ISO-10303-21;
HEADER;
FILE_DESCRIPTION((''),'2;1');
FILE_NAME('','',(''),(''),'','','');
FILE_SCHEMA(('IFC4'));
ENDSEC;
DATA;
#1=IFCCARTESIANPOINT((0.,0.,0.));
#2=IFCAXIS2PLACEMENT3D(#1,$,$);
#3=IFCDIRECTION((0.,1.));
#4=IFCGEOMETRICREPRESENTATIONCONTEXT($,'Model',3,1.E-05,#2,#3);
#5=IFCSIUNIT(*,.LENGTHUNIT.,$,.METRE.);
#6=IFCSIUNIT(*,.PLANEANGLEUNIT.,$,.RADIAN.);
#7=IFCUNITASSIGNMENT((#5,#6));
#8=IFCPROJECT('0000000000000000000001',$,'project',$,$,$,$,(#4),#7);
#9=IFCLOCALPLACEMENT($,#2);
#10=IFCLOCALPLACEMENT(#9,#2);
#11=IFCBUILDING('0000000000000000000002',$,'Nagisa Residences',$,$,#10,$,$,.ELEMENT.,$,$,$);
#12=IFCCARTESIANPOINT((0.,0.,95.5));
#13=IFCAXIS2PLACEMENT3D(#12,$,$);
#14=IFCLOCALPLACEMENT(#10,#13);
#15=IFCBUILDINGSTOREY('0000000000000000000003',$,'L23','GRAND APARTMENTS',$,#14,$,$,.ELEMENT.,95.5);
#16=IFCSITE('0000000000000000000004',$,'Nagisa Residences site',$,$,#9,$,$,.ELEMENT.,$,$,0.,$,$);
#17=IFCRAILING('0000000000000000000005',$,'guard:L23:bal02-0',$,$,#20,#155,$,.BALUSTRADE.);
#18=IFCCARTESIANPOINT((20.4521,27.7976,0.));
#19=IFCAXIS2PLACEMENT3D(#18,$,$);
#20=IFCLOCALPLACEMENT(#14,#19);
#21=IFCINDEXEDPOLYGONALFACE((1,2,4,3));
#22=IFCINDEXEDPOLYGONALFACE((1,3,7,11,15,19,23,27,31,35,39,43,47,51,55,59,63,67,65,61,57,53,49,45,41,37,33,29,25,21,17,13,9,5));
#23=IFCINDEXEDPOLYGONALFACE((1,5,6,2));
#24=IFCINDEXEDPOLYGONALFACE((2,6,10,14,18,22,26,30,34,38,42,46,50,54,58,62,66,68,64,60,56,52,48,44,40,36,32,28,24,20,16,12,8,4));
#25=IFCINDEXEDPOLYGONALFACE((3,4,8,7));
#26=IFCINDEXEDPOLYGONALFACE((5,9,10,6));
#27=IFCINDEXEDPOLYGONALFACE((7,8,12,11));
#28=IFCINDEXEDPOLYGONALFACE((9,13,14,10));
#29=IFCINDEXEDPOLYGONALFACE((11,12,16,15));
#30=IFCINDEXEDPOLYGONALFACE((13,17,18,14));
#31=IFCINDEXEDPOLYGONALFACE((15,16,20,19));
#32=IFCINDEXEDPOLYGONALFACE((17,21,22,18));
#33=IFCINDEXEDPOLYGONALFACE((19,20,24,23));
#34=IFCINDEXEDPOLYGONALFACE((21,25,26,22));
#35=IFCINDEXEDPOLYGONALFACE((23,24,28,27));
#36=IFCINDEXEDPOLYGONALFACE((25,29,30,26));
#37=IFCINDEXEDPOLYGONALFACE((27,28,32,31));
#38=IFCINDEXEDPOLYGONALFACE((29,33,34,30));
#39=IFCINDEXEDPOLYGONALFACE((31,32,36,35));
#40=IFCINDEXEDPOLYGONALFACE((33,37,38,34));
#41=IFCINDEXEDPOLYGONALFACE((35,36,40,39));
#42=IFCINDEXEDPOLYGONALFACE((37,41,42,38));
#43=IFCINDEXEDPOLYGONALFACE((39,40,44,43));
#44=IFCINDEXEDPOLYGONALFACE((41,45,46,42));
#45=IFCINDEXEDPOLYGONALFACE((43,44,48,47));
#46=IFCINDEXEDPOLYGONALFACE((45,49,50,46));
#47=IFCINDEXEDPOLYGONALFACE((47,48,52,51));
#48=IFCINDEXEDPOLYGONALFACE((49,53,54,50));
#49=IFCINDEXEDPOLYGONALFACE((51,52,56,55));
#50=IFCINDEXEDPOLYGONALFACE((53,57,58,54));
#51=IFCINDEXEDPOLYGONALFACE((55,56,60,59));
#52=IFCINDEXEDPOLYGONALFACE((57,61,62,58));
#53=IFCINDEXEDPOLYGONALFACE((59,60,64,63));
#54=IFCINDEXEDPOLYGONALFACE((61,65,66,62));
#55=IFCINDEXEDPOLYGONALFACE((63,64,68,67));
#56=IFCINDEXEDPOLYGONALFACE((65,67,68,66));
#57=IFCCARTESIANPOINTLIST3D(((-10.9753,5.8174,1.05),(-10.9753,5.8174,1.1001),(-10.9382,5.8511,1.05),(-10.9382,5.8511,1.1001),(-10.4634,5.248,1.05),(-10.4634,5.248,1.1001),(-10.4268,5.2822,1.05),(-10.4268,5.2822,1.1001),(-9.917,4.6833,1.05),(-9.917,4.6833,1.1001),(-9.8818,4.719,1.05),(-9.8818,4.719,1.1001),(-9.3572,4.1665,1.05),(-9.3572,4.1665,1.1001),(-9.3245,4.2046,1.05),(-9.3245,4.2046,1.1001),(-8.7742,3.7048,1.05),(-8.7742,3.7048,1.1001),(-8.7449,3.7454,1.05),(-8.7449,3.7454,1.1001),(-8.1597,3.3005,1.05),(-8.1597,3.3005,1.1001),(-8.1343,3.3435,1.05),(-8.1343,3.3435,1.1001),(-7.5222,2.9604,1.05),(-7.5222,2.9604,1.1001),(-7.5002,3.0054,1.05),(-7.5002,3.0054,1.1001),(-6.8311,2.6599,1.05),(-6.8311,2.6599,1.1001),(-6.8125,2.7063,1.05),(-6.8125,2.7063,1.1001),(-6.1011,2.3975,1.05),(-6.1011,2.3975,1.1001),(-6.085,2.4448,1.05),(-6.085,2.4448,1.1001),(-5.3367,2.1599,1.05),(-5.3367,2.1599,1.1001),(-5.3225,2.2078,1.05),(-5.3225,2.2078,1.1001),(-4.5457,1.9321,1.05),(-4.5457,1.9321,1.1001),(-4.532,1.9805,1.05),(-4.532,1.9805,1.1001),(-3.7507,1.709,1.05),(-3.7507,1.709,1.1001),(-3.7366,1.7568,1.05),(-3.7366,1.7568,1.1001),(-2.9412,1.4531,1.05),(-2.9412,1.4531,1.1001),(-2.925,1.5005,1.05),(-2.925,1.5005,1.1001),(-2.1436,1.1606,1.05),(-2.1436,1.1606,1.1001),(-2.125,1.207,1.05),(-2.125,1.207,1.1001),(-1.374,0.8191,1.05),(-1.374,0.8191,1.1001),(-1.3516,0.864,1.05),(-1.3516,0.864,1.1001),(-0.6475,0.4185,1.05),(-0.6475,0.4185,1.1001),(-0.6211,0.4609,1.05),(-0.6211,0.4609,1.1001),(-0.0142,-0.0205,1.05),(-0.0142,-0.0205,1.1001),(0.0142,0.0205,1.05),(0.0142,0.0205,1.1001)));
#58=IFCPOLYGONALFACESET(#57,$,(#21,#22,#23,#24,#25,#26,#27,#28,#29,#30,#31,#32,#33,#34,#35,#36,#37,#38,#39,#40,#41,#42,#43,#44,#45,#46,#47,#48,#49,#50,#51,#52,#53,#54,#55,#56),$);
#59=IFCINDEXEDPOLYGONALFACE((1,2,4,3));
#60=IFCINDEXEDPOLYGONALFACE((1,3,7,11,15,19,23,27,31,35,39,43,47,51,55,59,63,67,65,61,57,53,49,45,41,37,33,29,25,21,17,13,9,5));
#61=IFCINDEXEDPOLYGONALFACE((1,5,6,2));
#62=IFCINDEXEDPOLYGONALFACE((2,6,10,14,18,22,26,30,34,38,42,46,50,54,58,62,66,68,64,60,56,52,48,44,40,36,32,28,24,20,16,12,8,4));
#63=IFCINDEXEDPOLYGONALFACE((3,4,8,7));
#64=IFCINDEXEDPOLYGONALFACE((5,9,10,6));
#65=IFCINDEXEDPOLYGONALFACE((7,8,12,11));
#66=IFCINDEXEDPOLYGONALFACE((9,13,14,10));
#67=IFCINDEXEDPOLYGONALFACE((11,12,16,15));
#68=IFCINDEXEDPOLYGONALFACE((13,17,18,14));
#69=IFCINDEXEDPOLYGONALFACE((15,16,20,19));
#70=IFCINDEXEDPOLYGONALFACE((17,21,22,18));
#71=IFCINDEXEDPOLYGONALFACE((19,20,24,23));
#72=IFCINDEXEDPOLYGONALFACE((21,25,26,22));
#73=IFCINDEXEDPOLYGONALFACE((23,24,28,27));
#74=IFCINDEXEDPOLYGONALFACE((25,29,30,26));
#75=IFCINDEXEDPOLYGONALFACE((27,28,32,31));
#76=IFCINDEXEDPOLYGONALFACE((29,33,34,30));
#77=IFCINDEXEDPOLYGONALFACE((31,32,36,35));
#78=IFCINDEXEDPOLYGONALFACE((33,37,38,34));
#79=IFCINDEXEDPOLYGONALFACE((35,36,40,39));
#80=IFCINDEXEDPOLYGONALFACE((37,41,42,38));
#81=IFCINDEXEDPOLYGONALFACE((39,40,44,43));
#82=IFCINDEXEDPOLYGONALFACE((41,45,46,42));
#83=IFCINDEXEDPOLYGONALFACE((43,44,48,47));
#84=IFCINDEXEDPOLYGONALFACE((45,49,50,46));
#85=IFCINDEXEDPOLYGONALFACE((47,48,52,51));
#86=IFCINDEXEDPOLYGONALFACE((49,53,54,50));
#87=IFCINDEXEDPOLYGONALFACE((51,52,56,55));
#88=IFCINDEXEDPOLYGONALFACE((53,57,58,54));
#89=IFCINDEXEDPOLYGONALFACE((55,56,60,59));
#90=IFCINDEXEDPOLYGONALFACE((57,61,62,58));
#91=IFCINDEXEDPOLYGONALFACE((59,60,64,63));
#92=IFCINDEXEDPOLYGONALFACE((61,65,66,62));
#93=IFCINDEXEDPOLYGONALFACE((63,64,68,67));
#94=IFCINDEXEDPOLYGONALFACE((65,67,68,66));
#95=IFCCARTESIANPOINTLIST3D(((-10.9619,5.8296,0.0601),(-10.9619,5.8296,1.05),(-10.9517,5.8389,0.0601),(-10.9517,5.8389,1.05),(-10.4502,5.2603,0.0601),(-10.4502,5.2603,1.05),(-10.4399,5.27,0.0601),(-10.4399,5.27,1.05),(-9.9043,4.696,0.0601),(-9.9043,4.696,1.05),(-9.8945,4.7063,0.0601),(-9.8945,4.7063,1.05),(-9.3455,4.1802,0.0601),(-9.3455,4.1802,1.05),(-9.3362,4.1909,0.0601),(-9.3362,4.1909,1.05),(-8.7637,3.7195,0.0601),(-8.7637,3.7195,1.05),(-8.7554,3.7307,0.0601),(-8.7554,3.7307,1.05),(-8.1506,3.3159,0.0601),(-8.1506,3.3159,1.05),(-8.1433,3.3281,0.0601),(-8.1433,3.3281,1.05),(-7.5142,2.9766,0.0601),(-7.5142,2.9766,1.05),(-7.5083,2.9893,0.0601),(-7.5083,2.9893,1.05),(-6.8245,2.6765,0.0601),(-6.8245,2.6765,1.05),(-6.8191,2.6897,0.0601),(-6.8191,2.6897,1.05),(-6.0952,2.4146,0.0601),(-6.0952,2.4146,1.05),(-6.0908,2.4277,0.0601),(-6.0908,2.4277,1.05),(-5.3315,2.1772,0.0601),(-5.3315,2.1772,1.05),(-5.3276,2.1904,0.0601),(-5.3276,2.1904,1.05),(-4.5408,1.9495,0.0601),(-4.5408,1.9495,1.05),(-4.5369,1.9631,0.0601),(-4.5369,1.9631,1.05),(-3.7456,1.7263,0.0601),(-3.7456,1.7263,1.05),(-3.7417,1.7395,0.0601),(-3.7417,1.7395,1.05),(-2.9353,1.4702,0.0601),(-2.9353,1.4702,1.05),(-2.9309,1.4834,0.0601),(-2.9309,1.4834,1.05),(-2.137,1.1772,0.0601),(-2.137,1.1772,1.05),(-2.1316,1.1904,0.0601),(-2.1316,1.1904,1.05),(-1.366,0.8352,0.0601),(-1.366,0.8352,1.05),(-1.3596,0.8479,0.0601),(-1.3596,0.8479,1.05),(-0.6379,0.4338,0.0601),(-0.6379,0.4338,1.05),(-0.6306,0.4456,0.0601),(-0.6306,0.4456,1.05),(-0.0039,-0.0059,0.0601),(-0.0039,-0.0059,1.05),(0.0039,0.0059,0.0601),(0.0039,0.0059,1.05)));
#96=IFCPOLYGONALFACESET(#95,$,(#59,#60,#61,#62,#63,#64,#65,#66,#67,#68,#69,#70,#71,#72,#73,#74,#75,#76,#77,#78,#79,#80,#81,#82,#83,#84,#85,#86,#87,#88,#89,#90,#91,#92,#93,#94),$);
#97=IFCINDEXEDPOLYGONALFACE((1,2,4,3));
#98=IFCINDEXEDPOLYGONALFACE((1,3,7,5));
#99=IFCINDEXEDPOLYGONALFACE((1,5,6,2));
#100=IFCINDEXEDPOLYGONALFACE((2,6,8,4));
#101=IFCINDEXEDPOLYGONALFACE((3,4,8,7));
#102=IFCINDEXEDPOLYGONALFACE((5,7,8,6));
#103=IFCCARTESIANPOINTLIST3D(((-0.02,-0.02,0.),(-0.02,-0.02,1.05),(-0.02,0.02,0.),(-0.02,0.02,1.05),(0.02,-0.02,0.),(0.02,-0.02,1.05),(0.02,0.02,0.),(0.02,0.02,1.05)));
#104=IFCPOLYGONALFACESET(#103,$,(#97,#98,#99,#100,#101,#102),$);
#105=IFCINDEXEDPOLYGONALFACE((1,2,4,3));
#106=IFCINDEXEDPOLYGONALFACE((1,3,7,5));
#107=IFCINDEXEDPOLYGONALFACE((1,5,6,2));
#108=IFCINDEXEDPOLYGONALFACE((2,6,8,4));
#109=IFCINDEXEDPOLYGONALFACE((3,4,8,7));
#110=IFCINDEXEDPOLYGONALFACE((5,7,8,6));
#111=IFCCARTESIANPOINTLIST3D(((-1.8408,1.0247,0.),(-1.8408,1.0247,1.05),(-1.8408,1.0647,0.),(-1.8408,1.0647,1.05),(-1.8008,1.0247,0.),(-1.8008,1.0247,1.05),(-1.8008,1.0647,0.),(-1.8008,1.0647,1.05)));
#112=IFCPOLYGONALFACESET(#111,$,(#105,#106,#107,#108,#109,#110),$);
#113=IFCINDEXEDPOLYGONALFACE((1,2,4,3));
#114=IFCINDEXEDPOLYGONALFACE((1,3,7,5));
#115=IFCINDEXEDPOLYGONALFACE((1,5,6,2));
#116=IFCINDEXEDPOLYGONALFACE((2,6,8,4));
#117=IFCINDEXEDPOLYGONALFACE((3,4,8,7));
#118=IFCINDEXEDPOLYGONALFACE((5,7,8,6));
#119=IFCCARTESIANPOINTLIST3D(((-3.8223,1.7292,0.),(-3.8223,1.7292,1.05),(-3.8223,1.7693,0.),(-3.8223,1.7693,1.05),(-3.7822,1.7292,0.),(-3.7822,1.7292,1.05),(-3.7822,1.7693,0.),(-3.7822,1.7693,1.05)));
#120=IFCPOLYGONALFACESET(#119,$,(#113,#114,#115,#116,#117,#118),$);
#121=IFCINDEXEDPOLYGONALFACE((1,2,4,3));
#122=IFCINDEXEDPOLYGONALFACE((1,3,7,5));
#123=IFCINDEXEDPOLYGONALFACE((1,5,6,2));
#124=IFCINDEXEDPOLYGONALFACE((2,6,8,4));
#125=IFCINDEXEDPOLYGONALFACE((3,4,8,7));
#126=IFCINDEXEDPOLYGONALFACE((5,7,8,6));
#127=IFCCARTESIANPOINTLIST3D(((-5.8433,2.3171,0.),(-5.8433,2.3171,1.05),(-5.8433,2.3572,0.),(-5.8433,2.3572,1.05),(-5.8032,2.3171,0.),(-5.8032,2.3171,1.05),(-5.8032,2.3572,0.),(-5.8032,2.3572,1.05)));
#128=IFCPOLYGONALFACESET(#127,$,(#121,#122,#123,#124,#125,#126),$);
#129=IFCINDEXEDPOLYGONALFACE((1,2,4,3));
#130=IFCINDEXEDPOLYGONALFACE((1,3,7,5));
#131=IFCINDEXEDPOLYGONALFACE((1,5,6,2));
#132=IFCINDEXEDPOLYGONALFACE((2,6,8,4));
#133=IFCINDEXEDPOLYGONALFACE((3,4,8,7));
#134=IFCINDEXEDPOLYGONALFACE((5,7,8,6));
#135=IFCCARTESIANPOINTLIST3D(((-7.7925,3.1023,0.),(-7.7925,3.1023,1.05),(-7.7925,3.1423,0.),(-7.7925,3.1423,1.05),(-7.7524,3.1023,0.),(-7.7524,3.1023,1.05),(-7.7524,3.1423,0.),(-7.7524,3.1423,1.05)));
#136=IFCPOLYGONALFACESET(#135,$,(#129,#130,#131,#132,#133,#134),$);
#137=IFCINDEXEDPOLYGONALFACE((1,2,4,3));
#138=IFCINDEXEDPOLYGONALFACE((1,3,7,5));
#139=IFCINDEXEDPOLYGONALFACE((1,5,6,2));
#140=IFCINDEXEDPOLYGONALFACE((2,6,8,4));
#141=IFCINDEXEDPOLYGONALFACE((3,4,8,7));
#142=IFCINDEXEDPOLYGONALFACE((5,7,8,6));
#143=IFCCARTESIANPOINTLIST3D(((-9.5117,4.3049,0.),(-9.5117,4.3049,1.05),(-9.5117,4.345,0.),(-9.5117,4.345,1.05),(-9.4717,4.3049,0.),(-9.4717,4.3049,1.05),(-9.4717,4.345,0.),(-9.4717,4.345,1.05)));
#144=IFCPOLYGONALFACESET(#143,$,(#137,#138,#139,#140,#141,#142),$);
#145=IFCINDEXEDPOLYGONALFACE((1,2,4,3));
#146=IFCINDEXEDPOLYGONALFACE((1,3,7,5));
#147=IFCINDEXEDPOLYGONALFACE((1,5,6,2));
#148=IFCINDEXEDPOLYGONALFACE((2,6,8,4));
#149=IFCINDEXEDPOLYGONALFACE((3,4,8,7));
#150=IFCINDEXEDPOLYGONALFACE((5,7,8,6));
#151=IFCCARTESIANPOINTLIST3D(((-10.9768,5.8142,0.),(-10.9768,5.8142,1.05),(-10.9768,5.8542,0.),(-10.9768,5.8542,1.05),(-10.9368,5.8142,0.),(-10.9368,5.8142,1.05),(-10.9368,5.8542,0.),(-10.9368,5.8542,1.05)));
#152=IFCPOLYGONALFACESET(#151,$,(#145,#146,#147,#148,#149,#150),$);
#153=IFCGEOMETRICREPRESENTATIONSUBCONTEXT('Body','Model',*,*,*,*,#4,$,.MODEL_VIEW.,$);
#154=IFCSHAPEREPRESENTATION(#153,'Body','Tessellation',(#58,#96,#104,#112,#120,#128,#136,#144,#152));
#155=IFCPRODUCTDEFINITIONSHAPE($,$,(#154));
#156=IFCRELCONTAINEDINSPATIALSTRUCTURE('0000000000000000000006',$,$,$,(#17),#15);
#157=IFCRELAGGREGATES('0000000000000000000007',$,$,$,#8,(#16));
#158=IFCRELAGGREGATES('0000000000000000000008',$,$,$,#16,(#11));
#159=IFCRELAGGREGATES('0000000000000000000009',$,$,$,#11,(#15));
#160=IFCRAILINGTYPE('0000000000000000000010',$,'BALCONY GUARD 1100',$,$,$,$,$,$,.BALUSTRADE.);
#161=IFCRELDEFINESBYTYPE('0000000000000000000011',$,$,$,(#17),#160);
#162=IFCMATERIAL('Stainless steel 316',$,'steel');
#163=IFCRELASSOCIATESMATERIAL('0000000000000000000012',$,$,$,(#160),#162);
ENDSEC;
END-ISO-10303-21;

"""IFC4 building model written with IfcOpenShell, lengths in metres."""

from ifc_helpers import new_model, si_unit, direction, frame, origin, origin_2d, place, context, subcontext, project, spatial, polyline, rectangle, outline, extrude, material, type_object, element, save


model = new_model("IFC4")

# Units and contexts
model_context = context("Model", 3, precision=1e-05, world=origin(), true_north=direction((0.0, 1.0)))
body_context = subcontext(model_context, "Body", "Model", "MODEL_VIEW")
ifc_project = project(units=[si_unit("LENGTHUNIT", "METRE"), si_unit("PLANEANGLEUNIT", "RADIAN")], contexts=[model_context])

# Site, building, storey
site_placement = place(None, origin())
site = spatial("IfcSite", under=ifc_project, at=site_placement, Name="Nagisa Residences site", CompositionType="ELEMENT", RefElevation=0.0)
building_placement = place(site_placement, origin())
building = spatial("IfcBuilding", under=site, at=building_placement, Name="Nagisa Residences", CompositionType="ELEMENT")
storey_placement = place(building_placement, frame((0.0, 0.0, 95.5)))
storey = spatial("IfcBuildingStorey", under=building, at=storey_placement, Name="L23", Description="GRAND APARTMENTS", CompositionType="ELEMENT", Elevation=95.5)

# Railing
ifc_material_1 = material(Name="Stainless steel 316", Category="steel")
railing_type = type_object("IfcRailingType", Name="BALCONY GUARD 1100", PredefinedType="BALUSTRADE", material=ifc_material_1)
railing_1_placement = place(storey_placement, frame((20.4521, 27.7976, 0.0)))
element("IfcRailing", 1, at=railing_1_placement, inside=storey, type_object=railing_type, Name="guard:L23:bal02-0", PredefinedType="BALUSTRADE", context=body_context, shape_type="SweptSolid", body=[
    extrude(outline(polyline([(-0.6475, 0.4185), (-0.0142, -0.0205), (0.0142, 0.0205), (-0.6211, 0.4609), (-1.3516, 0.864), (-2.125, 1.207), (-2.925, 1.5005), (-3.7366, 1.7568), (-4.532, 1.9805), (-5.3225, 2.2078), (-6.085, 2.4448), (-6.8125, 2.7063), (-7.5002, 3.0054), (-8.1343, 3.3435), (-8.7449, 3.7454), (-9.3245, 4.2046), (-9.8818, 4.719), (-10.4268, 5.2822), (-10.9382, 5.8511), (-10.9753, 5.8174), (-10.4634, 5.248), (-9.917, 4.6833), (-9.3572, 4.1665), (-8.7742, 3.7048), (-8.1597, 3.3005), (-7.5222, 2.9604), (-6.8311, 2.6599), (-6.1011, 2.3975), (-5.3367, 2.1599), (-4.5457, 1.9321), (-3.7507, 1.709), (-2.9412, 1.4531), (-2.1436, 1.1606), (-1.374, 0.8191), (-0.6475, 0.4185)])), frame((0.0, 0.0, 1.05)), (0.0, 0.0, 1.0), 0.05),
    extrude(outline(polyline([(-0.6379, 0.4338), (-0.0039, -0.0059), (0.0039, 0.0059), (-0.6306, 0.4456), (-1.3596, 0.8479), (-2.1316, 1.1904), (-2.9309, 1.4834), (-3.7417, 1.7395), (-4.5369, 1.9631), (-5.3276, 2.1904), (-6.0908, 2.4277), (-6.8191, 2.6897), (-7.5083, 2.9893), (-8.1433, 3.3281), (-8.7554, 3.7307), (-9.3362, 4.1909), (-9.8945, 4.7063), (-10.4399, 5.27), (-10.9517, 5.8389), (-10.9619, 5.8296), (-10.4502, 5.2603), (-9.9043, 4.696), (-9.3455, 4.1802), (-8.7637, 3.7195), (-8.1506, 3.3159), (-7.5142, 2.9766), (-6.8245, 2.6765), (-6.0952, 2.4146), (-5.3315, 2.1772), (-4.5408, 1.9495), (-3.7456, 1.7263), (-2.9353, 1.4702), (-2.137, 1.1772), (-1.366, 0.8352), (-0.6379, 0.4338)])), frame((0.0, 0.0, 0.0601)), (0.0, 0.0, 1.0), 0.99),
    extrude(rectangle(XDim=0.04, YDim=0.04, at=origin_2d()), origin(), (0.0, 0.0, 1.0), 1.05),
    extrude(rectangle(XDim=0.04, YDim=0.04, at=origin_2d()), frame((-1.8208, 1.0447, 0.0)), (0.0, 0.0, 1.0), 1.05),
    extrude(rectangle(XDim=0.04, YDim=0.04, at=origin_2d()), frame((-3.8022, 1.7493, 0.0)), (0.0, 0.0, 1.0), 1.05),
    extrude(rectangle(XDim=0.04, YDim=0.04, at=origin_2d()), frame((-5.8232, 2.3372, 0.0)), (0.0, 0.0, 1.0), 1.05),
    extrude(rectangle(XDim=0.04, YDim=0.04, at=origin_2d()), frame((-7.7725, 3.1223, 0.0)), (0.0, 0.0, 1.0), 1.05),
    extrude(rectangle(XDim=0.04, YDim=0.04, at=origin_2d()), frame((-9.4917, 4.325, 0.0)), (0.0, 0.0, 1.0), 1.05),
    extrude(rectangle(XDim=0.04, YDim=0.04, at=origin_2d()), frame((-10.9568, 5.8342, 0.0)), (0.0, 0.0, 1.0), 1.05),
])

save(model, "model.ifc")
